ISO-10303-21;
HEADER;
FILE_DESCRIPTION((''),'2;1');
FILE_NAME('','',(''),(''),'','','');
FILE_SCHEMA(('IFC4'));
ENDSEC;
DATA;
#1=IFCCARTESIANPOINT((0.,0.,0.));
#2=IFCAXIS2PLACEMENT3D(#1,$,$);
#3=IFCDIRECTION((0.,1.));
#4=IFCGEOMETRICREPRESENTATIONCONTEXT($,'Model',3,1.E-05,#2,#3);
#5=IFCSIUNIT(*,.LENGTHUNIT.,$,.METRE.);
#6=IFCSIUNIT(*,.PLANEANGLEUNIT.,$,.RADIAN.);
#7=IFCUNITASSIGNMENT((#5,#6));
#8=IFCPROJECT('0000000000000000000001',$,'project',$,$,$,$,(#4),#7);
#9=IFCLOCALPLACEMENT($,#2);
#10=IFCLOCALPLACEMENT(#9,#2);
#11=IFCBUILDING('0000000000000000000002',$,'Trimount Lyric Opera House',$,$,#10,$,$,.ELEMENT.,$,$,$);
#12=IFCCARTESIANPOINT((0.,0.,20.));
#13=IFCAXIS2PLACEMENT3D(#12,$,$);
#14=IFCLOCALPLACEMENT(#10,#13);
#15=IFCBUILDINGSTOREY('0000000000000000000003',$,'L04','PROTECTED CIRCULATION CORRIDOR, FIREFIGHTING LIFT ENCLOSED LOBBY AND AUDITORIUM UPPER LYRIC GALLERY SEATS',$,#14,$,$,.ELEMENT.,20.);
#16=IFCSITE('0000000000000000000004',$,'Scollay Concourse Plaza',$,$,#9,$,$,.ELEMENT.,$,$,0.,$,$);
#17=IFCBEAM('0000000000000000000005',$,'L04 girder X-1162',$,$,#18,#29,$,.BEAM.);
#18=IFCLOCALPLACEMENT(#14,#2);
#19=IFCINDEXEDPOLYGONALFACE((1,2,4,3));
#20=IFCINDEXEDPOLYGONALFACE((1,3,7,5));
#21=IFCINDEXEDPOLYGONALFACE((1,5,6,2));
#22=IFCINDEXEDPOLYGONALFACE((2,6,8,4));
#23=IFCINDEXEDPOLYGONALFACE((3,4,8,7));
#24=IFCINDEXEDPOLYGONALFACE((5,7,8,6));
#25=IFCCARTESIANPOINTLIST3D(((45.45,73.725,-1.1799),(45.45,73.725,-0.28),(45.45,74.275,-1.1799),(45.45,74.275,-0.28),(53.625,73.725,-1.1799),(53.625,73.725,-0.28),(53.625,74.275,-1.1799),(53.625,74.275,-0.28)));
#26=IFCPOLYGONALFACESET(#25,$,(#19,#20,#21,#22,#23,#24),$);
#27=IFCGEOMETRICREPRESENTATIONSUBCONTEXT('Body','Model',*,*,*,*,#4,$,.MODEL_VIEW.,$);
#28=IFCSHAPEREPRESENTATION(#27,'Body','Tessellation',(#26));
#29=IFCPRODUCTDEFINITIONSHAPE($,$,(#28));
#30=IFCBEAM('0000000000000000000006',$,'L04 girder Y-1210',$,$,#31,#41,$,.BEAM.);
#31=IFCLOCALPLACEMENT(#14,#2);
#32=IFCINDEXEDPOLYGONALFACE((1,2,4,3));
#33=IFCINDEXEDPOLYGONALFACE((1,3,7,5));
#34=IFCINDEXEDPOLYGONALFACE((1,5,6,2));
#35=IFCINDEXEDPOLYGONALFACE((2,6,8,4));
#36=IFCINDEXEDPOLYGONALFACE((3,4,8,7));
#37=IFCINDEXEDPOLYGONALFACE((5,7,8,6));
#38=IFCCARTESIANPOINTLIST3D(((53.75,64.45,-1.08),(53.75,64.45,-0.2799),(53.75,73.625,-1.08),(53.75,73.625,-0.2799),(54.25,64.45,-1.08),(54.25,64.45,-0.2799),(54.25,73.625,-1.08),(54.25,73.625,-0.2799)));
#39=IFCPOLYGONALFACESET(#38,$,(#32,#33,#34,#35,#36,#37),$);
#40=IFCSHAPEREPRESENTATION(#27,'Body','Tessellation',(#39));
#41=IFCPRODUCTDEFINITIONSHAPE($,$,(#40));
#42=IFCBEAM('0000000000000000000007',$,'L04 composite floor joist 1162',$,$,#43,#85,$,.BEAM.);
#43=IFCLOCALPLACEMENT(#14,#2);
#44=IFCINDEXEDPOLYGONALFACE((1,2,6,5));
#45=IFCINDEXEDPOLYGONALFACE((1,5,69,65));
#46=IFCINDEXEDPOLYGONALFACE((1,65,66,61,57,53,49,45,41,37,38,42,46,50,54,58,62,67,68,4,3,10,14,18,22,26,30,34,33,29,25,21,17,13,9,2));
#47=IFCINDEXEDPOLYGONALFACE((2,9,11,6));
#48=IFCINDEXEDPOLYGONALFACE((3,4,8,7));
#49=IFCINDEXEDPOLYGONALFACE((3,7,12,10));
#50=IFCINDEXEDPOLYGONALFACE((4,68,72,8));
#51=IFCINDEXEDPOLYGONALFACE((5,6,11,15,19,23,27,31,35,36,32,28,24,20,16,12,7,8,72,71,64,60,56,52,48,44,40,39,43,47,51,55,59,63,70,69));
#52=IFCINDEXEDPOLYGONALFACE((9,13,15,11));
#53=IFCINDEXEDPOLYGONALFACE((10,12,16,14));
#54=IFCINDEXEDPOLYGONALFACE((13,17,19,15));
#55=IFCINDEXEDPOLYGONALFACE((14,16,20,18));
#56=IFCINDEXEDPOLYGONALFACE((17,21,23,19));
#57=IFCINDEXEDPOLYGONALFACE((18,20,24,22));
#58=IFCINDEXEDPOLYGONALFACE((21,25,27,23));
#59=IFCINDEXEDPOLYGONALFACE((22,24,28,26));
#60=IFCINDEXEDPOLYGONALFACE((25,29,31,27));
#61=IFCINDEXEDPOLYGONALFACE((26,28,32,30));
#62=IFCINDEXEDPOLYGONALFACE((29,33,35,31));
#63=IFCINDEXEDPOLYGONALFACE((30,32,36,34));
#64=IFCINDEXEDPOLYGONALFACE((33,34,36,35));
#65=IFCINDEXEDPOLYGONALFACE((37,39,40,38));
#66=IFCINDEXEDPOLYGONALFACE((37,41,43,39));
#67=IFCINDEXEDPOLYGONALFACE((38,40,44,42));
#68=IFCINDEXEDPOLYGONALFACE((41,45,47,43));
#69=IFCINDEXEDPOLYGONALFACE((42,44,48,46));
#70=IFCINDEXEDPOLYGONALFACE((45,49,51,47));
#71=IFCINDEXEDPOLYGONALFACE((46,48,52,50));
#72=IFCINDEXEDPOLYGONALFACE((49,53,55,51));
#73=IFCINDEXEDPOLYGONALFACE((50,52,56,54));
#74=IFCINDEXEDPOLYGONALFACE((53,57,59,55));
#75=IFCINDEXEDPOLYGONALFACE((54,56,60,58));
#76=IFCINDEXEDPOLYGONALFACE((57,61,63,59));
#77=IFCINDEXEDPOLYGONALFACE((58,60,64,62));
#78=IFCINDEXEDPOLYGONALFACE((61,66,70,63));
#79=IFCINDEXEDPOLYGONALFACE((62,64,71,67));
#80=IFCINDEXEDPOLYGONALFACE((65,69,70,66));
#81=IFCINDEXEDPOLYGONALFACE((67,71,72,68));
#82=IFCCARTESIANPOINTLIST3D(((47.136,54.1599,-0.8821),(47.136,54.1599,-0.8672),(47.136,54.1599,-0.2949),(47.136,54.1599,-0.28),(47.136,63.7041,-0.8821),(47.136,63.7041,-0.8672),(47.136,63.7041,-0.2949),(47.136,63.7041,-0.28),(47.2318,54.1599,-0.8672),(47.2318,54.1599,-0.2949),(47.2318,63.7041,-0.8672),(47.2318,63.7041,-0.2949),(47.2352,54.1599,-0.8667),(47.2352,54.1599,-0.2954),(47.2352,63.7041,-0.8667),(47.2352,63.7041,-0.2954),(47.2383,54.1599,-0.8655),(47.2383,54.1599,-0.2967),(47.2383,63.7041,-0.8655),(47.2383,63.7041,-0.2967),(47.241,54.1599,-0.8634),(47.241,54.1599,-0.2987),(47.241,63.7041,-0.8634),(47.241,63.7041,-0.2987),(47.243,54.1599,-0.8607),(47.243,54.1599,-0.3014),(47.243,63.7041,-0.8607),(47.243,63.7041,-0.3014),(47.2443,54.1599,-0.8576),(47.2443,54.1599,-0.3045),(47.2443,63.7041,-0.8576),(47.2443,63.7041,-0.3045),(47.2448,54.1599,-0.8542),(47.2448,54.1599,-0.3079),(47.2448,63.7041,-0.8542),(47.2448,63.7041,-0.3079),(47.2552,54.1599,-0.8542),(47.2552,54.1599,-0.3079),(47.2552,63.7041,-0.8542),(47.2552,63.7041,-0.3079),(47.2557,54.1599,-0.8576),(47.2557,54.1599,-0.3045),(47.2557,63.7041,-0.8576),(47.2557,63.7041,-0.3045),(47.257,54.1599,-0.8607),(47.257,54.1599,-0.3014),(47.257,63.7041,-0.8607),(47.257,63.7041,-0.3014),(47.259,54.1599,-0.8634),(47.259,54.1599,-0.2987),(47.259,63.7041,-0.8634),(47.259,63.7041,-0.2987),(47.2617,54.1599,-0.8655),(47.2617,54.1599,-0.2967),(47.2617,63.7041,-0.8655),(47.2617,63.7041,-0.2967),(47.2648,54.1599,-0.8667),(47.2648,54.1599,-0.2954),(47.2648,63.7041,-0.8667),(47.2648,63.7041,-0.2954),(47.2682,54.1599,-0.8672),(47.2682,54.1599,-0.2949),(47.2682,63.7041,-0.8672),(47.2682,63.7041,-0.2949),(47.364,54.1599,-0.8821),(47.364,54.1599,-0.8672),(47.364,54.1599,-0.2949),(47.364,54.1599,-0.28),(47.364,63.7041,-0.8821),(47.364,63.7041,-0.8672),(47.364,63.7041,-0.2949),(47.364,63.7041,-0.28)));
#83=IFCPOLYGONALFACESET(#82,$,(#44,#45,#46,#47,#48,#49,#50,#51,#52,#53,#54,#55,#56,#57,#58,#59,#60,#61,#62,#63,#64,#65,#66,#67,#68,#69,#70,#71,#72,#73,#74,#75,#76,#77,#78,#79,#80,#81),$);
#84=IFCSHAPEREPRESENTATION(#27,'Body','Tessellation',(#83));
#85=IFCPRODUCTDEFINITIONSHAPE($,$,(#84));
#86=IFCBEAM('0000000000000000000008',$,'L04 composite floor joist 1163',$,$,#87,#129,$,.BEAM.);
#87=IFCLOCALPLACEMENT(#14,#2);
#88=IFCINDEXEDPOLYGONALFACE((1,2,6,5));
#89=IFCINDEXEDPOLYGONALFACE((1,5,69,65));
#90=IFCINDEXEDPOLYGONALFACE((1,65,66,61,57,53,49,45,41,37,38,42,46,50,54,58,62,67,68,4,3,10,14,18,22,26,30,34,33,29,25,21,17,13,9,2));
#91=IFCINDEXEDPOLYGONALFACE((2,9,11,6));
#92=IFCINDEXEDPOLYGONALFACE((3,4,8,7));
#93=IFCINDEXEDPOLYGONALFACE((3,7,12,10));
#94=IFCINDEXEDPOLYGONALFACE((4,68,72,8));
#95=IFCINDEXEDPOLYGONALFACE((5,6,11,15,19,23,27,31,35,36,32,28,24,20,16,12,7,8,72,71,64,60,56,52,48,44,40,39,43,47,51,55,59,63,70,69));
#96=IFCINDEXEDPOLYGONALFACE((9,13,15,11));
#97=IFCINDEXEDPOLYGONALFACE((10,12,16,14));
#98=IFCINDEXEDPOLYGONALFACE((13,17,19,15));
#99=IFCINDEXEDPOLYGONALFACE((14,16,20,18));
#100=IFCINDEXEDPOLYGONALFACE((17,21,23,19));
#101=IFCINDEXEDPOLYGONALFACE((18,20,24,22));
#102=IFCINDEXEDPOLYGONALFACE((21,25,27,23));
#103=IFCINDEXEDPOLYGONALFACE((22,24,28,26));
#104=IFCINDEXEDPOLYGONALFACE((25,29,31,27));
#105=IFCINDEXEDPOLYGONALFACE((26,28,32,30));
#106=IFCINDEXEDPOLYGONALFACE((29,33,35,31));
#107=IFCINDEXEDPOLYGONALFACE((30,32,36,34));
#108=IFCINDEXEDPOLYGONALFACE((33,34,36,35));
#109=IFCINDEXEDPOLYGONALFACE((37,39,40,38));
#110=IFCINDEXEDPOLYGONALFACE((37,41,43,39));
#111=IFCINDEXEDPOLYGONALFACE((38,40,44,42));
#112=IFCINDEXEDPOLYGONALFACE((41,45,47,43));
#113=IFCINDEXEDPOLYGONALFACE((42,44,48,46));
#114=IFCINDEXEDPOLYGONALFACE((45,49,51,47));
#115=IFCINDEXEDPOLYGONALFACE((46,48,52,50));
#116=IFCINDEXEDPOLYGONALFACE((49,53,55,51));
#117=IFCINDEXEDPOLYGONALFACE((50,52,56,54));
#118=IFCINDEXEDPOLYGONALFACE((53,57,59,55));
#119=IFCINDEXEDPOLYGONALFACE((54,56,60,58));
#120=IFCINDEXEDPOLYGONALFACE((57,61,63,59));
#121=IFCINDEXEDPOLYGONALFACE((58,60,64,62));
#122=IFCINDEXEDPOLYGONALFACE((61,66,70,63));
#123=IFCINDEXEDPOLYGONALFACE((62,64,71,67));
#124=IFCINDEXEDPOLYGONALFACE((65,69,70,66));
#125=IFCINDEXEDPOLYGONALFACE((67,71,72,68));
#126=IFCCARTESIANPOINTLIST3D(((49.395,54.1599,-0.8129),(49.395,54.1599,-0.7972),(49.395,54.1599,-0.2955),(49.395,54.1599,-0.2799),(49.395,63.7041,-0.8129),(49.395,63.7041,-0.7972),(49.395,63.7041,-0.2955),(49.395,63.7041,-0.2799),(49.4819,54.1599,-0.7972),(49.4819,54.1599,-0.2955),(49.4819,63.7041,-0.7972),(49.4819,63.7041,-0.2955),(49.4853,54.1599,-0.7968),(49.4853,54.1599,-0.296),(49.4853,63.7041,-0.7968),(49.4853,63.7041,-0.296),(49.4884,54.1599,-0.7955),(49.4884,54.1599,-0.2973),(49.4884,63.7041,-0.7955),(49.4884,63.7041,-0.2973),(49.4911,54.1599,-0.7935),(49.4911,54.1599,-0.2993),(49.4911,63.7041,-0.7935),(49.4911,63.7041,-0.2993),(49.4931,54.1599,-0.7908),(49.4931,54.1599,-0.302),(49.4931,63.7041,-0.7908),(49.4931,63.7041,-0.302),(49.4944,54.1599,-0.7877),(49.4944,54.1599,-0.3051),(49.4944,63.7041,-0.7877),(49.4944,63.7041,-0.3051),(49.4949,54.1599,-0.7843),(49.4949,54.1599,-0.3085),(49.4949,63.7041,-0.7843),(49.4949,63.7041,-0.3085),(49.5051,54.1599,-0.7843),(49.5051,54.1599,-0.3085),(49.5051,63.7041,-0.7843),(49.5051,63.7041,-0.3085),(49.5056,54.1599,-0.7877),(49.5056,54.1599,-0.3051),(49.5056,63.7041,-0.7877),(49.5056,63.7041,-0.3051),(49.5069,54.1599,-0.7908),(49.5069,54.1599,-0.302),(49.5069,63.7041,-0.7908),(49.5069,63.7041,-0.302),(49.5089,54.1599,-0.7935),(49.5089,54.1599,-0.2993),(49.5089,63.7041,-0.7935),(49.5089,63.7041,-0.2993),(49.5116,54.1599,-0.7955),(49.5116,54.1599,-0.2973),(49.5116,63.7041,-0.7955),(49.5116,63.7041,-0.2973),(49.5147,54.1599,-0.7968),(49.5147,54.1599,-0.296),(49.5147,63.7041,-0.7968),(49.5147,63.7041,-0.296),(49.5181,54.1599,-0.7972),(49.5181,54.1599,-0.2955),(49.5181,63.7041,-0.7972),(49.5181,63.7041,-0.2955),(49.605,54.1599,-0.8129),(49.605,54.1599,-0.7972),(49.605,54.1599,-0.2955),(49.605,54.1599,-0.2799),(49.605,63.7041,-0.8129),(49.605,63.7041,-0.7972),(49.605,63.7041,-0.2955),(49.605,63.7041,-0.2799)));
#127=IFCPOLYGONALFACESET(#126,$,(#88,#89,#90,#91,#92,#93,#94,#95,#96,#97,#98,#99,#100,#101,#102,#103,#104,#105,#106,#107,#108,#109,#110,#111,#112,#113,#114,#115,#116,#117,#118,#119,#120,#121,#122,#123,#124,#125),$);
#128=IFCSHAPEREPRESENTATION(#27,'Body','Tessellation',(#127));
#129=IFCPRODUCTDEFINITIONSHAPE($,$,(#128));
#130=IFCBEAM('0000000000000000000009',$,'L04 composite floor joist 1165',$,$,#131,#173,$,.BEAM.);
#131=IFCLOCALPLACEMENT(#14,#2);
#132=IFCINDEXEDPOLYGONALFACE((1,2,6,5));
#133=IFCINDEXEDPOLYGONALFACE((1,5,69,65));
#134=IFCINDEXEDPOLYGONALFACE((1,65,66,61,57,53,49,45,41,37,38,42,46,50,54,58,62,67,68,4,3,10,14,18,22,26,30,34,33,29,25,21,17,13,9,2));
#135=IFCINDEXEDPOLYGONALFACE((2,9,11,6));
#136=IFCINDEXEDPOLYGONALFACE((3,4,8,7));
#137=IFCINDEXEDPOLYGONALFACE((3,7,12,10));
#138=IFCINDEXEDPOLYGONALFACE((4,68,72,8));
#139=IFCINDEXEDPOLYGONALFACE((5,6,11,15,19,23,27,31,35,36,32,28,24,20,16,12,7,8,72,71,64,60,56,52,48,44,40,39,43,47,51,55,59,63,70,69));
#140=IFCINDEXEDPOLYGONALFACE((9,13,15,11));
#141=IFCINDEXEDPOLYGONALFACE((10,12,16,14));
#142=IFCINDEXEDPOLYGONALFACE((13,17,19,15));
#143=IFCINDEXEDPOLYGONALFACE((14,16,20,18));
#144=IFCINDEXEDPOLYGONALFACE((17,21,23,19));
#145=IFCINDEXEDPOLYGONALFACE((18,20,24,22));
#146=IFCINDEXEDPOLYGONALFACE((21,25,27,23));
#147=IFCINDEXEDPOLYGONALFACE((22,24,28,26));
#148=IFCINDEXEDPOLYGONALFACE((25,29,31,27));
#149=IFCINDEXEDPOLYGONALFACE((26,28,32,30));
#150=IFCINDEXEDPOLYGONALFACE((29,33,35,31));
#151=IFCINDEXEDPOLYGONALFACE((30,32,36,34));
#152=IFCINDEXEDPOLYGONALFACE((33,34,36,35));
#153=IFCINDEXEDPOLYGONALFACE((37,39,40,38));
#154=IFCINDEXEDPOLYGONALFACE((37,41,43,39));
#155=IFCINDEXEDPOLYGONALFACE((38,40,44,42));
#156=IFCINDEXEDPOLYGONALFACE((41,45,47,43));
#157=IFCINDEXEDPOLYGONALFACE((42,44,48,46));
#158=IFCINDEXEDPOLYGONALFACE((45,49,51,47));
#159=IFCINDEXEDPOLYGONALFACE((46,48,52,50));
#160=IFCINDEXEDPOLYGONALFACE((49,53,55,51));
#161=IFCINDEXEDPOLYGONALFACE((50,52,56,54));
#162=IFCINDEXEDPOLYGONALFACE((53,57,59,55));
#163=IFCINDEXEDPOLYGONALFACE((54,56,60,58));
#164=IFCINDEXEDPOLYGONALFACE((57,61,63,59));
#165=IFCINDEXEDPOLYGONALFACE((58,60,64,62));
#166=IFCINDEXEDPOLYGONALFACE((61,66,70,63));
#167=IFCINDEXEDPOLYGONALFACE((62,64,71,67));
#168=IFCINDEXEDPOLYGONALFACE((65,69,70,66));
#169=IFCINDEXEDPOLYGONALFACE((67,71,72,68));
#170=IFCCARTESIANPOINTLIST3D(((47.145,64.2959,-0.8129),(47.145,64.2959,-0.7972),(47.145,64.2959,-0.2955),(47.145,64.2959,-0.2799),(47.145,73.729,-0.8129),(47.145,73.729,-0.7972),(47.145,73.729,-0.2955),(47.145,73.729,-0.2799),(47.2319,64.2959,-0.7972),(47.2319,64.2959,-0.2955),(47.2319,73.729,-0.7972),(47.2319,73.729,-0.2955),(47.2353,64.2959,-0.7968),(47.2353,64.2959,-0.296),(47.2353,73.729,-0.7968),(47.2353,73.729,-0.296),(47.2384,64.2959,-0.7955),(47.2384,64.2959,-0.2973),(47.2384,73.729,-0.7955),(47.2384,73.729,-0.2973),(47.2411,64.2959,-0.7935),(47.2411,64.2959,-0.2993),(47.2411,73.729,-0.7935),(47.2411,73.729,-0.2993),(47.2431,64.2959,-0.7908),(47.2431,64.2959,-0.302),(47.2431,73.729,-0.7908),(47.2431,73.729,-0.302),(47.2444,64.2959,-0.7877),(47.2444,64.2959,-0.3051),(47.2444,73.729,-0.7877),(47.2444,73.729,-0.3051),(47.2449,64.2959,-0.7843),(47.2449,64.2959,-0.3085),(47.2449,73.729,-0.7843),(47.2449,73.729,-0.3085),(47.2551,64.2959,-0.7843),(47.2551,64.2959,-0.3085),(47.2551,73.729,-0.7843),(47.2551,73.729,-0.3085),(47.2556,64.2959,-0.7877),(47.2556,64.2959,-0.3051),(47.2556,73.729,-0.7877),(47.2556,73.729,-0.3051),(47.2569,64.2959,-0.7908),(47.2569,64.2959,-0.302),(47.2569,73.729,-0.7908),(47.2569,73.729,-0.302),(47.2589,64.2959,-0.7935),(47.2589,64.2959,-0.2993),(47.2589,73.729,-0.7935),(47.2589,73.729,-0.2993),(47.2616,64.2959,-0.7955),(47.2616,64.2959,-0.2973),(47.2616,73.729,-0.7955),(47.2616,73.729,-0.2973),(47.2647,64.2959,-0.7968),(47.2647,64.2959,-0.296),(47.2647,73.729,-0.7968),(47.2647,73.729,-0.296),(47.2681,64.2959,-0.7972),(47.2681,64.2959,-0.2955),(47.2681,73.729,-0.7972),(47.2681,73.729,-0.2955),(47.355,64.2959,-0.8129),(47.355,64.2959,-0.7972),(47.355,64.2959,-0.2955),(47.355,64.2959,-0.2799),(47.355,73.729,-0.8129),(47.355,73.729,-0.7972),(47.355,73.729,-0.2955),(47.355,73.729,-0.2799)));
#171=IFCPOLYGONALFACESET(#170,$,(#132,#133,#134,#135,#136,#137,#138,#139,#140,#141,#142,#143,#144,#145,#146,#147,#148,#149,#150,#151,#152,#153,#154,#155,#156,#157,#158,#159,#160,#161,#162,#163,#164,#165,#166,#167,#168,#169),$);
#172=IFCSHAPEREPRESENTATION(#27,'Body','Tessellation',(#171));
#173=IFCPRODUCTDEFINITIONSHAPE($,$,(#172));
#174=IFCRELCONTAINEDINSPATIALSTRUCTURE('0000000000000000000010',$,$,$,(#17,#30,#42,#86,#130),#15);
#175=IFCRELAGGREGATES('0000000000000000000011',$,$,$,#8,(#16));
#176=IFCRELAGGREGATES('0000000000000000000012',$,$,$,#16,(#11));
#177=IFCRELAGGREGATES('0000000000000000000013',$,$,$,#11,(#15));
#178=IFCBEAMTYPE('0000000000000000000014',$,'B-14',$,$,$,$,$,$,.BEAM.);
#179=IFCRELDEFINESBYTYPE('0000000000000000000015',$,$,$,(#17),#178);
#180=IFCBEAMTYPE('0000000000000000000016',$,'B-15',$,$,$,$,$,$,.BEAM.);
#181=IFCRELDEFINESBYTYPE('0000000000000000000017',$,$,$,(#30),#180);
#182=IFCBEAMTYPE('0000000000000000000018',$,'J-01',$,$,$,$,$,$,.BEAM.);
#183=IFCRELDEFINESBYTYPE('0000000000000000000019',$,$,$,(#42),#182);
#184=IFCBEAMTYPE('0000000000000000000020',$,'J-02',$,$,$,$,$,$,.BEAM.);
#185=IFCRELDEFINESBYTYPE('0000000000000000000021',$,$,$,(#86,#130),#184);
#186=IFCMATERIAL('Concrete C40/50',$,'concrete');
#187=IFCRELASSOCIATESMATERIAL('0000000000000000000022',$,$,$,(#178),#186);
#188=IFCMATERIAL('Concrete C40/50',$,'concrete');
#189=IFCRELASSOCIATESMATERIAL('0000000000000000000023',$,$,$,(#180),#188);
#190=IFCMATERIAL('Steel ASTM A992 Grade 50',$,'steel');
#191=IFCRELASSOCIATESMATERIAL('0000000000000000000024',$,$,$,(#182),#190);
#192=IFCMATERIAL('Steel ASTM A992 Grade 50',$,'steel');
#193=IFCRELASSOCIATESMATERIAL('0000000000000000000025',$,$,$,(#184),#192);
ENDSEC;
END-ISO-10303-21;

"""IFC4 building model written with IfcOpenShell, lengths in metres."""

from ifc_helpers import new_model, si_unit, direction, frame, origin, origin_2d, place, context, subcontext, project, spatial, rectangle, i_section, extrude, material, material_profile, profile_set, type_object, element, save


model = new_model("IFC4")

# Units and contexts
model_context = context("Model", 3, precision=1e-05, world=origin(), true_north=direction((0.0, 1.0)))
body_context = subcontext(model_context, "Body", "Model", "MODEL_VIEW")
ifc_project = project(units=[si_unit("LENGTHUNIT", "METRE"), si_unit("PLANEANGLEUNIT", "RADIAN")], contexts=[model_context])

# Site, building, storey
site_placement = place(None, origin())
site = spatial("IfcSite", under=ifc_project, at=site_placement, Name="Scollay Concourse Plaza", CompositionType="ELEMENT", RefElevation=0.0)
building_placement = place(site_placement, origin())
building = spatial("IfcBuilding", under=site, at=building_placement, Name="Trimount Lyric Opera House", CompositionType="ELEMENT")
storey_placement = place(building_placement, frame((0.0, 0.0, 20.0)))
storey = spatial("IfcBuildingStorey", under=building, at=storey_placement, Name="L04", Description="PROTECTED CIRCULATION CORRIDOR, FIREFIGHTING LIFT ENCLOSED LOBBY AND AUDITORIUM UPPER LYRIC GALLERY SEATS", CompositionType="ELEMENT", Elevation=20.0)

# Beams
ifc_material_1 = material(Name="Concrete C40/50", Category="concrete")
ifc_material_profile_1 = material_profile(ifc_material_1, rectangle(XDim=0.55, YDim=0.8999, at=origin_2d()), Name="RC550X900")
ifc_profile_set_1 = profile_set([ifc_material_profile_1], Name="Concrete C40/50")
beam_type_1 = type_object("IfcBeamType", Name="B-14", PredefinedType="BEAM", material=ifc_profile_set_1)
beam_1_placement = place(storey_placement, frame((45.45, 74.0, -0.73), z_axis=(1.0, 0.0, 0.0), x_axis=(0.0, 1.0, 0.0)))
element("IfcBeam", 1, at=beam_1_placement, inside=storey, type_object=beam_type_1, Name="L04 girder X-1162", PredefinedType="BEAM", context=body_context, shape_type="SweptSolid", body=[
    extrude(rectangle(XDim=0.55, YDim=0.8999, at=origin_2d()), origin(), (0.0, 0.0, 1.0), 8.175),
])
ifc_material_2 = material(Name="Concrete C40/50", Category="concrete")
ifc_material_profile_2 = material_profile(ifc_material_2, rectangle(XDim=0.5, YDim=0.8, at=origin_2d()), Name="RC500X800")
ifc_profile_set_2 = profile_set([ifc_material_profile_2], Name="Concrete C40/50")
beam_type_2 = type_object("IfcBeamType", Name="B-15", PredefinedType="BEAM", material=ifc_profile_set_2)
beam_2_placement = place(storey_placement, frame((54.0, 64.45, -0.6799), z_axis=(0.0, 1.0, 0.0), x_axis=(-1.0, 0.0, 0.0)))
element("IfcBeam", 2, at=beam_2_placement, inside=storey, type_object=beam_type_2, Name="L04 girder Y-1210", PredefinedType="BEAM", context=body_context, shape_type="SweptSolid", body=[
    extrude(rectangle(XDim=0.5, YDim=0.8, at=origin_2d()), origin(), (0.0, 0.0, 1.0), 9.175),
])
ifc_material_3 = material(Name="Steel ASTM A992 Grade 50", Category="steel")
ifc_material_profile_3 = material_profile(ifc_material_3, i_section(OverallWidth=0.228, OverallDepth=0.6021, WebThickness=0.0105, FlangeThickness=0.0149, FilletRadius=0.0129, at=origin_2d()), Name="W24X68")
ifc_profile_set_3 = profile_set([ifc_material_profile_3], Name="Steel ASTM A992 Grade 50")
beam_type_3 = type_object("IfcBeamType", Name="J-01", PredefinedType="BEAM", material=ifc_profile_set_3)
beam_3_placement = place(storey_placement, frame((47.25, 54.1599, -0.5811), z_axis=(0.0, 1.0, 0.0), x_axis=(-1.0, 0.0, 0.0)))
element("IfcBeam", 3, at=beam_3_placement, inside=storey, type_object=beam_type_3, Name="L04 composite floor joist 1162", PredefinedType="BEAM", context=body_context, shape_type="SweptSolid", body=[
    extrude(i_section(OverallWidth=0.228, OverallDepth=0.6021, WebThickness=0.0105, FlangeThickness=0.0149, FilletRadius=0.0129, at=origin_2d()), origin(), (0.0, 0.0, 1.0), 9.5442),
])
ifc_material_4 = material(Name="Steel ASTM A992 Grade 50", Category="steel")
ifc_material_profile_4 = material_profile(ifc_material_4, i_section(OverallWidth=0.21, OverallDepth=0.533, WebThickness=0.0103, FlangeThickness=0.0156, FilletRadius=0.0129, at=origin_2d()), Name="W21X62")
ifc_profile_set_4 = profile_set([ifc_material_profile_4], Name="Steel ASTM A992 Grade 50")
beam_type_4 = type_object("IfcBeamType", Name="J-02", PredefinedType="BEAM", material=ifc_profile_set_4)
beam_4_placement = place(storey_placement, frame((49.5, 54.1599, -0.5464), z_axis=(0.0, 1.0, 0.0), x_axis=(-1.0, 0.0, 0.0)))
element("IfcBeam", 4, at=beam_4_placement, inside=storey, type_object=beam_type_4, Name="L04 composite floor joist 1163", PredefinedType="BEAM", context=body_context, shape_type="SweptSolid", body=[
    extrude(i_section(OverallWidth=0.21, OverallDepth=0.533, WebThickness=0.0103, FlangeThickness=0.0156, FilletRadius=0.0129, at=origin_2d()), origin(), (0.0, 0.0, 1.0), 9.5442),
])
for number, where, z_axis, x_axis, name in (
    (5, (47.25, 64.2959, -0.5464), (0.0, 1.0, 0.0), (-1.0, 0.0, 0.0), "L04 composite floor joist 1165"),
):
    element("IfcBeam", number, at=place(storey_placement, frame(where, z_axis=z_axis, x_axis=x_axis)), inside=storey, type_object=beam_type_4, Name=name, PredefinedType="BEAM", context=body_context, shape_type="SweptSolid", body=[
        extrude(i_section(OverallWidth=0.21, OverallDepth=0.533, WebThickness=0.0103, FlangeThickness=0.0156, FilletRadius=0.0129, at=origin_2d()), origin(), (0.0, 0.0, 1.0), 9.4331),
    ])

save(model, "model.ifc")
